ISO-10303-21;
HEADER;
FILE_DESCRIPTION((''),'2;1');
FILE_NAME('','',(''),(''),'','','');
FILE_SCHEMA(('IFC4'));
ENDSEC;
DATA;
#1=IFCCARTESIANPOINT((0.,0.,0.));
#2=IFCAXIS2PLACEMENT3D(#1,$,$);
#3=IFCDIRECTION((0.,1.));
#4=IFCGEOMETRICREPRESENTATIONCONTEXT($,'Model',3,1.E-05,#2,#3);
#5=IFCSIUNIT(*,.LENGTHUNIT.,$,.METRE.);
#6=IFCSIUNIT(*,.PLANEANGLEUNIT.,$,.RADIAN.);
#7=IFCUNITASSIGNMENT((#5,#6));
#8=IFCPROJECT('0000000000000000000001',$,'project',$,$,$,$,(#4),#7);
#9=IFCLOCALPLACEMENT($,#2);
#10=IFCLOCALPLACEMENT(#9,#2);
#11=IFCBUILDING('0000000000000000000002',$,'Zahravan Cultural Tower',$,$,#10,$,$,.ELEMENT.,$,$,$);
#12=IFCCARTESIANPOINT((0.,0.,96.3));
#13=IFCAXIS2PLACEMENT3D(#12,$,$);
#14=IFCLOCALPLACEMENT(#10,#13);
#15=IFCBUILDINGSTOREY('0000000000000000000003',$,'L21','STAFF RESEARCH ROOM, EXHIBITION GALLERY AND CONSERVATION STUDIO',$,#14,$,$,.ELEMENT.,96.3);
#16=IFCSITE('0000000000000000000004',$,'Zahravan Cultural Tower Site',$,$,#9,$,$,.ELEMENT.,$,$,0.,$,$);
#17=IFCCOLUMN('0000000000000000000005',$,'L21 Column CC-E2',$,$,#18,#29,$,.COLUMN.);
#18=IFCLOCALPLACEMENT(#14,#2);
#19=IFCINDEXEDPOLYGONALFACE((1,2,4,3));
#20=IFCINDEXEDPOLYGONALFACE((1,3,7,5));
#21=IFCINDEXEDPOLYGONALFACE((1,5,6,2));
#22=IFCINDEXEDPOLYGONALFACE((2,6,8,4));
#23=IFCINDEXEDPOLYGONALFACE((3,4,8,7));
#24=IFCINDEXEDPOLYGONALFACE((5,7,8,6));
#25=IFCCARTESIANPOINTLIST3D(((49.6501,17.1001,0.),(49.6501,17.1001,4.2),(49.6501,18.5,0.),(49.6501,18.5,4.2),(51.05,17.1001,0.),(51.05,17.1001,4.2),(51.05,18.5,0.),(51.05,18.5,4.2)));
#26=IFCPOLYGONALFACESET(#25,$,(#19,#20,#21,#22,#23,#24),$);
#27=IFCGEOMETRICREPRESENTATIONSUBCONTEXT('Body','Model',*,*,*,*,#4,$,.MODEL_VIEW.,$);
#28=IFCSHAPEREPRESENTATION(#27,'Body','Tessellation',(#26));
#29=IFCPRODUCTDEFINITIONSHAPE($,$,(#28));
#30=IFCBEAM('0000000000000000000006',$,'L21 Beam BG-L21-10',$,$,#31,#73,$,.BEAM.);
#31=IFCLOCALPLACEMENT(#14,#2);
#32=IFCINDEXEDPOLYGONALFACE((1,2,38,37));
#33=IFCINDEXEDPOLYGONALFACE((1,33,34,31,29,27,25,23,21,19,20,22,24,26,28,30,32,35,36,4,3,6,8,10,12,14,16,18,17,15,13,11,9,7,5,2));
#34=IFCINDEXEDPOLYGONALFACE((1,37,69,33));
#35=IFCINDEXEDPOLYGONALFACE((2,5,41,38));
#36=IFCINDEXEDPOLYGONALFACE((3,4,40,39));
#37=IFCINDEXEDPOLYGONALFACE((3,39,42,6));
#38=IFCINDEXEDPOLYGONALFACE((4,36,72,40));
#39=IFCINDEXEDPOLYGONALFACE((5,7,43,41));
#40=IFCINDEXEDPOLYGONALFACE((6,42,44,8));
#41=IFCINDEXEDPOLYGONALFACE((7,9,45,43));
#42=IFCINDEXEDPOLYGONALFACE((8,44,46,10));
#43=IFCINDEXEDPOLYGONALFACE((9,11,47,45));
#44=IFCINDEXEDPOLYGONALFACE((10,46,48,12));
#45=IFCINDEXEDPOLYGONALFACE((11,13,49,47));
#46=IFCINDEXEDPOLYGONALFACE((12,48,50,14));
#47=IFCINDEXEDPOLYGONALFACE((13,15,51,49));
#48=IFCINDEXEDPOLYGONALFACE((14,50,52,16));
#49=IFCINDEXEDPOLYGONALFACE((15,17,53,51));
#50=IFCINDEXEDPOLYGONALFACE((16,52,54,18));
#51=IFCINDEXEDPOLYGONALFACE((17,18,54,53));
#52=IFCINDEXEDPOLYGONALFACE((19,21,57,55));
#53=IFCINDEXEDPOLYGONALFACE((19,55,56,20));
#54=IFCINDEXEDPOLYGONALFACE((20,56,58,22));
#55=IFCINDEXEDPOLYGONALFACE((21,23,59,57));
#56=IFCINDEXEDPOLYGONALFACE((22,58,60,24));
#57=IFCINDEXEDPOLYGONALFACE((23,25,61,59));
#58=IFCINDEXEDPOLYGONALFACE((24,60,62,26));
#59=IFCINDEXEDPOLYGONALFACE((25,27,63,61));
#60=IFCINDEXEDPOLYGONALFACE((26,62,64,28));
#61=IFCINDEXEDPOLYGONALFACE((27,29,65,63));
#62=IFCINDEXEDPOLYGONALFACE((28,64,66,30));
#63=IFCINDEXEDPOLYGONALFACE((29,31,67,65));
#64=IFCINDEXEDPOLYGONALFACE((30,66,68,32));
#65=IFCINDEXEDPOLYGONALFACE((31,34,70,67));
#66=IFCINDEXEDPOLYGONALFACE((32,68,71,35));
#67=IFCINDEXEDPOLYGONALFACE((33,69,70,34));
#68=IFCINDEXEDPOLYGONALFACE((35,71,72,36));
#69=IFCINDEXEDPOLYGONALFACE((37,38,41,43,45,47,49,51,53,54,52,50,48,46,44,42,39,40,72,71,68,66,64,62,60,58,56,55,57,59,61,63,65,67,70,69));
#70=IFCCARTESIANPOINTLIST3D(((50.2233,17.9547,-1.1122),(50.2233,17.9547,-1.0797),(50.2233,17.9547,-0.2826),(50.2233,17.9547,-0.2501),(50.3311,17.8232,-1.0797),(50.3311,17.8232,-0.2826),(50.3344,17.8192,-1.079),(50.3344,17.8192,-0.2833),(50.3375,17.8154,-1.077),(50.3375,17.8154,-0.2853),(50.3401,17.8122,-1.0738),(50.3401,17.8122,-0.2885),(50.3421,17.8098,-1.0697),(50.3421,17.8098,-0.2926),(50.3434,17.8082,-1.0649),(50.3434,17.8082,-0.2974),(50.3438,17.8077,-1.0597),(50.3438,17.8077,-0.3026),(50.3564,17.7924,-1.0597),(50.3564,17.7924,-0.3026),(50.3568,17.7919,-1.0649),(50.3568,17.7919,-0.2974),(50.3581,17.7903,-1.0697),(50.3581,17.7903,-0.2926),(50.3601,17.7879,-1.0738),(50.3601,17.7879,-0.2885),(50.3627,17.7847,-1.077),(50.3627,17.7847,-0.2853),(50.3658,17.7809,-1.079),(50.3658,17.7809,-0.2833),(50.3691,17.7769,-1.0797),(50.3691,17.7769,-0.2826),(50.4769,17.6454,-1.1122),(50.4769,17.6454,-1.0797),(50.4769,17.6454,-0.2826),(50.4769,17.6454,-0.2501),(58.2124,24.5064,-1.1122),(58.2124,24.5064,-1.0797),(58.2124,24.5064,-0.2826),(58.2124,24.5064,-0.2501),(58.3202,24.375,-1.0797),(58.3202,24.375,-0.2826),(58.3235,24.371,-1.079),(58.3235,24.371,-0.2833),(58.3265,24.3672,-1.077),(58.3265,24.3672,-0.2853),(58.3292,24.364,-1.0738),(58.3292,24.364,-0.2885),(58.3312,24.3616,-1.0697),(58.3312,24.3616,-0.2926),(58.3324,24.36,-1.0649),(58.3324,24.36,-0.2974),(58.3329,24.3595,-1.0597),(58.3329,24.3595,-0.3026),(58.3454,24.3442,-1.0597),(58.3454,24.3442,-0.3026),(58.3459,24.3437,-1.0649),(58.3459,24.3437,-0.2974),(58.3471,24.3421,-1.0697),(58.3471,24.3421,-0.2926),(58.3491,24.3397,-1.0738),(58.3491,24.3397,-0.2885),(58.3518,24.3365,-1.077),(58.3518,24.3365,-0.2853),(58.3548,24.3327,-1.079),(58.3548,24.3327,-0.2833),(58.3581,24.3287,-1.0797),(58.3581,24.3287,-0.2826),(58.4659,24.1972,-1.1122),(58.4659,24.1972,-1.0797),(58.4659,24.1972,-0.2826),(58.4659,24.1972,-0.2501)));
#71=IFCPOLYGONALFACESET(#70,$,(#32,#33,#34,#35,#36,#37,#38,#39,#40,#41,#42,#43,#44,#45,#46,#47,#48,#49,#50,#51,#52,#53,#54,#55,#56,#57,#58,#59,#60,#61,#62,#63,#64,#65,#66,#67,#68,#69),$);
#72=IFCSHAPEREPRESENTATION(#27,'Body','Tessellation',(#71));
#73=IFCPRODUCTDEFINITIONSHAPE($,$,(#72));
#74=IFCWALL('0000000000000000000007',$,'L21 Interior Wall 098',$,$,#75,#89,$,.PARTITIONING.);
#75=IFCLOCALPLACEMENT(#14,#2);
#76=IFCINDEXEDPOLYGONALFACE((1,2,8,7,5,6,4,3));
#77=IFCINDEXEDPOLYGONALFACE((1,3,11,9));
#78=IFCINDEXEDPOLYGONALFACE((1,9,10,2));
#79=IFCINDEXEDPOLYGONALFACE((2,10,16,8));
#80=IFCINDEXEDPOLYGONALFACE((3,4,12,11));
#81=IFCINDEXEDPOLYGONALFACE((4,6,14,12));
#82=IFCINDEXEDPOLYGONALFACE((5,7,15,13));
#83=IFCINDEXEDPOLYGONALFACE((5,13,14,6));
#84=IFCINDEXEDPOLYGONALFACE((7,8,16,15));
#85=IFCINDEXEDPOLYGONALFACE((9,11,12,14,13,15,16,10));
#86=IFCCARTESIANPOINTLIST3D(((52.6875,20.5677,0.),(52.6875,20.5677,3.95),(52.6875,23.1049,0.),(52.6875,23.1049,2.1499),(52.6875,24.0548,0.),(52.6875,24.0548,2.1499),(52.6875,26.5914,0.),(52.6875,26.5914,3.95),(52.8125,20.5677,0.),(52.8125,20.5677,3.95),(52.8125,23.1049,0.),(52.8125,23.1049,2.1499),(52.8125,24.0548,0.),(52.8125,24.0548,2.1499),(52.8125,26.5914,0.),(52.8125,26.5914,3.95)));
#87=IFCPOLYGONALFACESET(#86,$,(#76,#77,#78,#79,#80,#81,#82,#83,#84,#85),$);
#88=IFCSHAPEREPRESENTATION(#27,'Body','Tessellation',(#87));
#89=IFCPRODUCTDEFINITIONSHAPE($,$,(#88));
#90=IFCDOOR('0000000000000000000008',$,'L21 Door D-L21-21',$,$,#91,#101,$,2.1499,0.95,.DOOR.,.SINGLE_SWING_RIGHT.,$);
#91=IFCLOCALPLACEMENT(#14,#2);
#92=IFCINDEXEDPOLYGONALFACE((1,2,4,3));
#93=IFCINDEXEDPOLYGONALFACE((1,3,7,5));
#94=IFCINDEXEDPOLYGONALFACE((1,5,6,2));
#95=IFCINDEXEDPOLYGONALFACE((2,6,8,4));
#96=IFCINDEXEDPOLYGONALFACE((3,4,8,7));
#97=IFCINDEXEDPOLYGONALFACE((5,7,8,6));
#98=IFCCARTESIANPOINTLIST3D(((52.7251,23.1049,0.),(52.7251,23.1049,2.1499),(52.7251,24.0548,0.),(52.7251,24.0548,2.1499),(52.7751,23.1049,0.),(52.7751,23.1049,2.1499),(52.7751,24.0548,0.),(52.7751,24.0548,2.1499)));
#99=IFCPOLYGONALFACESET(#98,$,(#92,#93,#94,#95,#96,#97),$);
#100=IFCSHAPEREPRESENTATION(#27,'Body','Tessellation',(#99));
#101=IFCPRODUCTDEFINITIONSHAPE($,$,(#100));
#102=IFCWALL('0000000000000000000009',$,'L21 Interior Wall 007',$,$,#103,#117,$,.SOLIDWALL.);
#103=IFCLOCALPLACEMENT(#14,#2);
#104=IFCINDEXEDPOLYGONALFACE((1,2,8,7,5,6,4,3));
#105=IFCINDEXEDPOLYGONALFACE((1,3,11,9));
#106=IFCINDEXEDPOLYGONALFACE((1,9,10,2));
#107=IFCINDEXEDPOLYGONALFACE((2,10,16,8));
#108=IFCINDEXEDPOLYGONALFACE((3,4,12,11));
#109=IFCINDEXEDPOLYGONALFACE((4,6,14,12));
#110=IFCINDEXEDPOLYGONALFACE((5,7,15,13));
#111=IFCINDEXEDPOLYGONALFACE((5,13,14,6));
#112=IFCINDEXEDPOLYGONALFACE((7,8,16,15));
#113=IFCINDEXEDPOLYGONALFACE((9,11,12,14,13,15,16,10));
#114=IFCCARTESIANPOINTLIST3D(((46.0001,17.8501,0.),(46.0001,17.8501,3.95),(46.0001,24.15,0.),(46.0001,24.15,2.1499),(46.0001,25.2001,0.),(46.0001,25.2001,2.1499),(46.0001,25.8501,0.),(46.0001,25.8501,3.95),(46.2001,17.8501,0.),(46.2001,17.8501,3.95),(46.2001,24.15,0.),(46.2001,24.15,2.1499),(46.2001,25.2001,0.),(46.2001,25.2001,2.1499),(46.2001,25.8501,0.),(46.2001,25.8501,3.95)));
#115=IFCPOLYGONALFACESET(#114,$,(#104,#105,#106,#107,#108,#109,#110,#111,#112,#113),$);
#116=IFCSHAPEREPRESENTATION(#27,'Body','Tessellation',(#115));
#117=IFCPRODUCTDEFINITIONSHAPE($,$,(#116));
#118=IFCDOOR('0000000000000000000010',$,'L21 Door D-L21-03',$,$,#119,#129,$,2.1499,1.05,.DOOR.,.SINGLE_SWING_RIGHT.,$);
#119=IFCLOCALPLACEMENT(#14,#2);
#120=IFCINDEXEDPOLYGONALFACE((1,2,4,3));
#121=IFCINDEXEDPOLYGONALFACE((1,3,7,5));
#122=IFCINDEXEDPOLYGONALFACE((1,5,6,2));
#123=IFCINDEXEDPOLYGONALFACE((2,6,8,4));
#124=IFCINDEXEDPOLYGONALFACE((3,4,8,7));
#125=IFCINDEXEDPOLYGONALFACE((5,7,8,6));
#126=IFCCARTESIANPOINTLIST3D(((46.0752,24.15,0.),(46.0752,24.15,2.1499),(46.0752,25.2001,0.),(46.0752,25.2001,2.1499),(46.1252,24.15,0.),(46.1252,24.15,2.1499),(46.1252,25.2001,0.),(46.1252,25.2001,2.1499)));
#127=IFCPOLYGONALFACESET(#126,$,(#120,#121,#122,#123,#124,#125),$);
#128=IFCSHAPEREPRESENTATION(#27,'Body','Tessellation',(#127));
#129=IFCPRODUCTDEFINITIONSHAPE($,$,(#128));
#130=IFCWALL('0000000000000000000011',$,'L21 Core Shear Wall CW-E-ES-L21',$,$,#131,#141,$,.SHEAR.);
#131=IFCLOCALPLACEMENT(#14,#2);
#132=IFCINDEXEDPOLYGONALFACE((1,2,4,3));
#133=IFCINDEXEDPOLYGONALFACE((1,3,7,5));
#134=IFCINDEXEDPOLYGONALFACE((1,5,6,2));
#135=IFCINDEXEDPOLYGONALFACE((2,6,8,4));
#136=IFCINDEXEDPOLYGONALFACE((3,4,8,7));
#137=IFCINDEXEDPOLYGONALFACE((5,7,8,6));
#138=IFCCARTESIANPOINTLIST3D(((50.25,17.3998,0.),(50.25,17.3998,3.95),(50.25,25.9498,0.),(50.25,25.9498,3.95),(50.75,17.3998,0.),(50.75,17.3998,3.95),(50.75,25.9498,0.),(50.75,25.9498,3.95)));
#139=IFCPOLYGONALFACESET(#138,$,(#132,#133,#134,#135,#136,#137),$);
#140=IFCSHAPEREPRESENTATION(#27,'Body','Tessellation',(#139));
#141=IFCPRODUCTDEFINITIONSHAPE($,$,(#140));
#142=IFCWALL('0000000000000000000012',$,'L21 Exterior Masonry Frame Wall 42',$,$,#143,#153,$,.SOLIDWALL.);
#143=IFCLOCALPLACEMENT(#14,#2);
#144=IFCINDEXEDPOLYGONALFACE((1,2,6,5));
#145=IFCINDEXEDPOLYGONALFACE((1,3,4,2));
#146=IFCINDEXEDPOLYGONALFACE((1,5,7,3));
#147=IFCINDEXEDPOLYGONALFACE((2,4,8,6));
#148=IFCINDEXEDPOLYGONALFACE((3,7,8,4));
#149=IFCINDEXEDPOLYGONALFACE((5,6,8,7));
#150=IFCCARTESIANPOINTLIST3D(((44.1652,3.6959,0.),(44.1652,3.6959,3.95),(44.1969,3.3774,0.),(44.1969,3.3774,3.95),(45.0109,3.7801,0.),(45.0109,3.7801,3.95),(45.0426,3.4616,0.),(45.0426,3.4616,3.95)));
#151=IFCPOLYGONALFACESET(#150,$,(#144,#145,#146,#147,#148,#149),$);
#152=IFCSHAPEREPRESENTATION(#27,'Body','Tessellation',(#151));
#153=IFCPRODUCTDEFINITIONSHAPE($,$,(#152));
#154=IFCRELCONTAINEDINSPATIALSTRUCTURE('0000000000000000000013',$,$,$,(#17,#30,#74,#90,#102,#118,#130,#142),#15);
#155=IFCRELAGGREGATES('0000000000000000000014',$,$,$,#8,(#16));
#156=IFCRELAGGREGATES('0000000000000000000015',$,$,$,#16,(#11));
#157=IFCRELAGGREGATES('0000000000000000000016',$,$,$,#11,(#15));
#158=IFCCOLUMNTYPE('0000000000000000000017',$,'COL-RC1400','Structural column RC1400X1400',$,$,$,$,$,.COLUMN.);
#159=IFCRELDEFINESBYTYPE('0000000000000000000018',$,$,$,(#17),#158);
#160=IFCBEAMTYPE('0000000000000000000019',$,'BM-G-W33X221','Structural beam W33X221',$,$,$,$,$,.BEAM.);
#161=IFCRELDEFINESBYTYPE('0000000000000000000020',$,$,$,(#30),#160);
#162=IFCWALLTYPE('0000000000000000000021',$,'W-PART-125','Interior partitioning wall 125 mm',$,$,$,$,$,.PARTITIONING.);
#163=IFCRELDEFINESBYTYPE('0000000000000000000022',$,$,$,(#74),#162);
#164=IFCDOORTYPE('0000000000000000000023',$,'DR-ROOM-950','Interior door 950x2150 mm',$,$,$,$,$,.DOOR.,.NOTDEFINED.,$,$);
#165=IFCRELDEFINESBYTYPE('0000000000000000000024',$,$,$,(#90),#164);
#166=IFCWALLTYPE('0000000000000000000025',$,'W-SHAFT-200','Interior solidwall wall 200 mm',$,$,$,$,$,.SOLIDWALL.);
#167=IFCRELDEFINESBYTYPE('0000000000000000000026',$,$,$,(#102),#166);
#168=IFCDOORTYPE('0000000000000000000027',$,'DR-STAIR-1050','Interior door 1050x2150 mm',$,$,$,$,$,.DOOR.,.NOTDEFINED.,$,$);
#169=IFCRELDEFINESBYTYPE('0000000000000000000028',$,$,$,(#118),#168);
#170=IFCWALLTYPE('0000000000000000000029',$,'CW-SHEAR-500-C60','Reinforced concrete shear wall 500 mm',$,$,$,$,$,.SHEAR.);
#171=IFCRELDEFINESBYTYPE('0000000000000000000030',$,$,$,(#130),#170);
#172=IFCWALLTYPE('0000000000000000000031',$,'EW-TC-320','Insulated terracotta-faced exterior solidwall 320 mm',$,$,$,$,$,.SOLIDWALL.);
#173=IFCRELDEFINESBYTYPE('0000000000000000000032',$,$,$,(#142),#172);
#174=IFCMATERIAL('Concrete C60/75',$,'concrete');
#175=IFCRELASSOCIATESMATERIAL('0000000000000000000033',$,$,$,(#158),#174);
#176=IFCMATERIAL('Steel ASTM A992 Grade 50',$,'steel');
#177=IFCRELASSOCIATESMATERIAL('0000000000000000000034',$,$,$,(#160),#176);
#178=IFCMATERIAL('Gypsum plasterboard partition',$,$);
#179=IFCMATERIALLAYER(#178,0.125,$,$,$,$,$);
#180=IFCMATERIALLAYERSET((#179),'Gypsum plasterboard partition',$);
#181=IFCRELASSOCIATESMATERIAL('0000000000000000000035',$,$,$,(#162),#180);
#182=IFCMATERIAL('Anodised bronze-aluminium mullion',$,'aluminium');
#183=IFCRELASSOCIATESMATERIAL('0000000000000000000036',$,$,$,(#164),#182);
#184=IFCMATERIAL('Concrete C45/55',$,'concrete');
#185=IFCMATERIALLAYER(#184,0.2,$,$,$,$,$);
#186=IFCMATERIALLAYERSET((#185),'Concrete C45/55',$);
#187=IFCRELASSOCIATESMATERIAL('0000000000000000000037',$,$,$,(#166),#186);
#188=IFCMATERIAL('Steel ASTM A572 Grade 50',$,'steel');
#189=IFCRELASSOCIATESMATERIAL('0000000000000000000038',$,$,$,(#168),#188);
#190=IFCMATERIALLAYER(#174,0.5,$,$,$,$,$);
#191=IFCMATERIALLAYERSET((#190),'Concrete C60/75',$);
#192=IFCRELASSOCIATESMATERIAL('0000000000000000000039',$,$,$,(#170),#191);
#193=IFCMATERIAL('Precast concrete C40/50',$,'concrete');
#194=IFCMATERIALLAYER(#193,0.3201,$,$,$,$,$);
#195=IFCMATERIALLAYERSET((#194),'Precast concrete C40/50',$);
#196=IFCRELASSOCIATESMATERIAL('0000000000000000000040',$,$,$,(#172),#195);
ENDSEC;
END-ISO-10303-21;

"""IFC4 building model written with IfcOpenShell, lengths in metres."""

from ifc_helpers import new_model, si_unit, direction, frame, frame_2d, origin, origin_2d, place, context, subcontext, project, spatial, rectangle, i_section, extrude, source, transform, mapped, material, layer, layer_set, material_profile, profile_set, type_object, element, fill, save


model = new_model("IFC4")

# Units and contexts
model_context = context("Model", 3, precision=1e-05, world=origin(), true_north=direction((0.0, 1.0)))
body_context = subcontext(model_context, "Body", "Model", "MODEL_VIEW")
ifc_project = project(units=[si_unit("LENGTHUNIT", "METRE"), si_unit("PLANEANGLEUNIT", "RADIAN")], contexts=[model_context])

# Site, building, storey
site_placement = place(None, origin())
site = spatial("IfcSite", under=ifc_project, at=site_placement, Name="Zahravan Cultural Tower Site", CompositionType="ELEMENT", RefElevation=0.0)
building_placement = place(site_placement, origin())
building = spatial("IfcBuilding", under=site, at=building_placement, Name="Zahravan Cultural Tower", CompositionType="ELEMENT")
storey_placement = place(building_placement, frame((0.0, 0.0, 96.3)))
storey = spatial("IfcBuildingStorey", under=building, at=storey_placement, Name="L21", Description="STAFF RESEARCH ROOM, EXHIBITION GALLERY AND CONSERVATION STUDIO", CompositionType="ELEMENT", Elevation=96.3)

# Column
ifc_material_1 = material(Name="Concrete C60/75", Category="concrete")
ifc_material_profile_1 = material_profile(ifc_material_1, rectangle(XDim=1.3999, YDim=1.3999, at=origin_2d()), Name="RC1400X1400")
ifc_profile_set_1 = profile_set([ifc_material_profile_1], Name="Concrete C60/75")
column_type = type_object("IfcColumnType", Name="COL-RC1400", Description="Structural column RC1400X1400", PredefinedType="COLUMN", material=ifc_profile_set_1)
shared_shape_1 = source(origin(), body_context, "Body", "SweptSolid", [
    extrude(rectangle(XDim=1.3999, YDim=1.3999, at=origin_2d()), origin(), (0.0, 0.0, 1.0), 4.2),
])
column_placement = place(storey_placement, frame((50.3501, 17.8, 0.0), z_axis=(0.0, 0.0, 1.0), x_axis=(1.0, 0.0, 0.0)))
element("IfcColumn", 1, at=column_placement, inside=storey, type_object=column_type, Name="L21 Column CC-E2", PredefinedType="COLUMN", context=body_context, shape_type="MappedRepresentation", body=[
    mapped(shared_shape_1, transform((0.0, 0.0, 0.0), x_axis=(1.0, 0.0, 0.0), y_axis=(0.0, 1.0, 0.0), z_axis=(0.0, 0.0, 1.0), scale=1.0)),
])

# Beam
ifc_material_2 = material(Name="Steel ASTM A992 Grade 50", Category="steel")
ifc_material_profile_2 = material_profile(ifc_material_2, i_section(OverallWidth=0.3999, OverallDepth=0.8621, WebThickness=0.0198, FlangeThickness=0.0325, FilletRadius=0.02, at=origin_2d()), Name="W33X221")
ifc_profile_set_2 = profile_set([ifc_material_profile_2], Name="Steel ASTM A992 Grade 50")
beam_type = type_object("IfcBeamType", Name="BM-G-W33X221", Description="Structural beam W33X221", PredefinedType="BEAM", material=ifc_profile_set_2)
shared_shape_2 = source(origin(), body_context, "Body", "SweptSolid", [
    extrude(i_section(OverallWidth=0.3999, OverallDepth=0.8621, WebThickness=0.0198, FlangeThickness=0.0325, FilletRadius=0.02, at=origin_2d()), origin(), (0.0, 0.0, 1.0), 10.332),
])
beam_placement = place(storey_placement, frame((50.3501, 17.8, -0.6812), z_axis=(0.773231, 0.634124, 0.0), x_axis=(-0.634124, 0.773231, 0.0)))
element("IfcBeam", 2, at=beam_placement, inside=storey, type_object=beam_type, Name="L21 Beam BG-L21-10", PredefinedType="BEAM", context=body_context, shape_type="MappedRepresentation", body=[
    mapped(shared_shape_2, transform((0.0, 0.0, 0.0), x_axis=(1.0, 0.0, 0.0), y_axis=(0.0, 1.0, 0.0), z_axis=(0.0, 0.0, 1.0), scale=1.0)),
])

# Walls, openings, doors
ifc_material_3 = material(Name="Gypsum plasterboard partition")
ifc_layer_1 = layer(ifc_material_3, 0.125)
ifc_layer_set_1 = layer_set([ifc_layer_1], Name="Gypsum plasterboard partition")
wall_type_1 = type_object("IfcWallType", Name="W-PART-125", Description="Interior partitioning wall 125 mm", PredefinedType="PARTITIONING", material=ifc_layer_set_1)
wall_1_placement = place(storey_placement, frame((52.75, 20.5679, 0.0), z_axis=(0.0, 0.0, 1.0), x_axis=(0.0, 1.0, 0.0)))
wall_1 = element("IfcWall", 3, at=wall_1_placement, inside=storey, type_object=wall_type_1, Name="L21 Interior Wall 098", PredefinedType="PARTITIONING", context=body_context, shape_type="SweptSolid", body=[
    extrude(rectangle(XDim=6.0237, YDim=0.125, at=frame_2d((3.0117, 0.0))), origin(), (0.0, 0.0, 1.0), 3.95),
])
opening_1_placement = place(wall_1_placement, frame((2.5369, 0.0, 0.0)))
opening_1 = element("IfcOpeningElement", 4, at=opening_1_placement, cuts=wall_1, PredefinedType="OPENING", context=body_context, shape_type="SweptSolid", body=[
    extrude(rectangle(XDim=0.95, YDim=2.1499, at=frame_2d((0.4751, 1.075))), frame((0.0, 0.0725, 0.0), z_axis=(0.0, -1.0, 0.0), x_axis=(1.0, 0.0, 0.0)), (0.0, 0.0, 1.0), 0.145),
])
ifc_material_4 = material(Name="Anodised bronze-aluminium mullion", Category="aluminium")
door_type_1 = type_object("IfcDoorType", Name="DR-ROOM-950", Description="Interior door 950x2150 mm", OperationType="NOTDEFINED", PredefinedType="DOOR", material=ifc_material_4)
shared_shape_3 = source(origin(), body_context, "Body", "SweptSolid", [
    extrude(rectangle(XDim=0.95, YDim=2.1499, at=frame_2d((0.4751, 1.075))), frame((0.0, 0.0249, 0.0), z_axis=(0.0, -1.0, 0.0), x_axis=(1.0, 0.0, 0.0)), (0.0, 0.0, 1.0), 0.05),
])
door_1_placement = place(opening_1_placement, origin())
door_1 = element("IfcDoor", 5, at=door_1_placement, inside=storey, type_object=door_type_1, Name="L21 Door D-L21-21", OperationType="SINGLE_SWING_RIGHT", OverallHeight=2.1499, OverallWidth=0.95, PredefinedType="DOOR", context=body_context, shape_type="MappedRepresentation", body=[
    mapped(shared_shape_3, transform((0.0, 0.0, 0.0), x_axis=(1.0, 0.0, 0.0), y_axis=(0.0, 1.0, 0.0), z_axis=(0.0, 0.0, 1.0), scale=1.0)),
])
fill(opening_1, door_1)
ifc_material_5 = material(Name="Concrete C45/55", Category="concrete")
ifc_layer_2 = layer(ifc_material_5, 0.2)
ifc_layer_set_2 = layer_set([ifc_layer_2], Name="Concrete C45/55")
wall_type_2 = type_object("IfcWallType", Name="W-SHAFT-200", Description="Interior solidwall wall 200 mm", PredefinedType="SOLIDWALL", material=ifc_layer_set_2)
wall_2_placement = place(storey_placement, frame((46.1001, 17.8501, 0.0), z_axis=(0.0, 0.0, 1.0), x_axis=(0.0, 1.0, 0.0)))
wall_2 = element("IfcWall", 6, at=wall_2_placement, inside=storey, type_object=wall_type_2, Name="L21 Interior Wall 007", PredefinedType="SOLIDWALL", context=body_context, shape_type="SweptSolid", body=[
    extrude(rectangle(XDim=8.0, YDim=0.2, at=frame_2d((4.0, 0.0))), origin(), (0.0, 0.0, 1.0), 3.95),
])
opening_2_placement = place(wall_2_placement, frame((6.3, 0.0, 0.0)))
opening_2 = element("IfcOpeningElement", 7, at=opening_2_placement, cuts=wall_2, PredefinedType="OPENING", context=body_context, shape_type="SweptSolid", body=[
    extrude(rectangle(XDim=1.05, YDim=2.1499, at=frame_2d((0.5249, 1.075))), frame((0.0, 0.1099, 0.0), z_axis=(0.0, -1.0, 0.0), x_axis=(1.0, 0.0, 0.0)), (0.0, 0.0, 1.0), 0.22),
])
ifc_material_6 = material(Name="Steel ASTM A572 Grade 50", Category="steel")
door_type_2 = type_object("IfcDoorType", Name="DR-STAIR-1050", Description="Interior door 1050x2150 mm", OperationType="NOTDEFINED", PredefinedType="DOOR", material=ifc_material_6)
shared_shape_4 = source(origin(), body_context, "Body", "SweptSolid", [
    extrude(rectangle(XDim=1.05, YDim=2.1499, at=frame_2d((0.5249, 1.075))), frame((0.0, 0.0249, 0.0), z_axis=(0.0, -1.0, 0.0), x_axis=(1.0, 0.0, 0.0)), (0.0, 0.0, 1.0), 0.05),
])
door_2_placement = place(opening_2_placement, origin())
door_2 = element("IfcDoor", 8, at=door_2_placement, inside=storey, type_object=door_type_2, Name="L21 Door D-L21-03", OperationType="SINGLE_SWING_RIGHT", OverallHeight=2.1499, OverallWidth=1.05, PredefinedType="DOOR", context=body_context, shape_type="MappedRepresentation", body=[
    mapped(shared_shape_4, transform((0.0, 0.0, 0.0), x_axis=(1.0, 0.0, 0.0), y_axis=(0.0, 1.0, 0.0), z_axis=(0.0, 0.0, 1.0), scale=1.0)),
])
fill(opening_2, door_2)

# Walls
ifc_layer_3 = layer(ifc_material_1, 0.5)
ifc_layer_set_3 = layer_set([ifc_layer_3], Name="Concrete C60/75")
wall_type_3 = type_object("IfcWallType", Name="CW-SHEAR-500-C60", Description="Reinforced concrete shear wall 500 mm", PredefinedType="SHEAR", material=ifc_layer_set_3)
shared_shape_5 = source(origin(), body_context, "Body", "SweptSolid", [
    extrude(rectangle(XDim=8.55, YDim=0.5, at=frame_2d((4.2749, 0.0))), origin(), (0.0, 0.0, 1.0), 3.95),
])
wall_3_placement = place(storey_placement, frame((50.5, 17.3999, 0.0), z_axis=(0.0, 0.0, 1.0), x_axis=(0.0, 1.0, 0.0)))
element("IfcWall", 9, at=wall_3_placement, inside=storey, type_object=wall_type_3, Name="L21 Core Shear Wall CW-E-ES-L21", PredefinedType="SHEAR", context=body_context, shape_type="MappedRepresentation", body=[
    mapped(shared_shape_5, transform((0.0, 0.0, 0.0), x_axis=(1.0, 0.0, 0.0), y_axis=(0.0, 1.0, 0.0), z_axis=(0.0, 0.0, 1.0), scale=1.0)),
])
ifc_material_7 = material(Name="Precast concrete C40/50", Category="concrete")
ifc_layer_4 = layer(ifc_material_7, 0.3201)
ifc_layer_set_4 = layer_set([ifc_layer_4], Name="Precast concrete C40/50")
wall_type_4 = type_object("IfcWallType", Name="EW-TC-320", Description="Insulated terracotta-faced exterior solidwall 320 mm", PredefinedType="SOLIDWALL", material=ifc_layer_set_4)
shared_shape_6 = source(origin(), body_context, "Body", "SweptSolid", [
    extrude(rectangle(XDim=0.8499, YDim=0.3201, at=frame_2d((0.4248, 0.0))), origin(), (0.0, 0.0, 1.0), 3.95),
])
wall_4_placement = place(storey_placement, frame((45.0266, 3.6208, 0.0), z_axis=(0.0, 0.0, 1.0), x_axis=(-0.995077, -0.099106, 0.0)))
element("IfcWall", 10, at=wall_4_placement, inside=storey, type_object=wall_type_4, Name="L21 Exterior Masonry Frame Wall 42", PredefinedType="SOLIDWALL", context=body_context, shape_type="MappedRepresentation", body=[
    mapped(shared_shape_6, transform((0.0, 0.0, 0.0), x_axis=(1.0, 0.0, 0.0), y_axis=(0.0, 1.0, 0.0), z_axis=(0.0, 0.0, 1.0), scale=1.0)),
])

save(model, "model.ifc")
